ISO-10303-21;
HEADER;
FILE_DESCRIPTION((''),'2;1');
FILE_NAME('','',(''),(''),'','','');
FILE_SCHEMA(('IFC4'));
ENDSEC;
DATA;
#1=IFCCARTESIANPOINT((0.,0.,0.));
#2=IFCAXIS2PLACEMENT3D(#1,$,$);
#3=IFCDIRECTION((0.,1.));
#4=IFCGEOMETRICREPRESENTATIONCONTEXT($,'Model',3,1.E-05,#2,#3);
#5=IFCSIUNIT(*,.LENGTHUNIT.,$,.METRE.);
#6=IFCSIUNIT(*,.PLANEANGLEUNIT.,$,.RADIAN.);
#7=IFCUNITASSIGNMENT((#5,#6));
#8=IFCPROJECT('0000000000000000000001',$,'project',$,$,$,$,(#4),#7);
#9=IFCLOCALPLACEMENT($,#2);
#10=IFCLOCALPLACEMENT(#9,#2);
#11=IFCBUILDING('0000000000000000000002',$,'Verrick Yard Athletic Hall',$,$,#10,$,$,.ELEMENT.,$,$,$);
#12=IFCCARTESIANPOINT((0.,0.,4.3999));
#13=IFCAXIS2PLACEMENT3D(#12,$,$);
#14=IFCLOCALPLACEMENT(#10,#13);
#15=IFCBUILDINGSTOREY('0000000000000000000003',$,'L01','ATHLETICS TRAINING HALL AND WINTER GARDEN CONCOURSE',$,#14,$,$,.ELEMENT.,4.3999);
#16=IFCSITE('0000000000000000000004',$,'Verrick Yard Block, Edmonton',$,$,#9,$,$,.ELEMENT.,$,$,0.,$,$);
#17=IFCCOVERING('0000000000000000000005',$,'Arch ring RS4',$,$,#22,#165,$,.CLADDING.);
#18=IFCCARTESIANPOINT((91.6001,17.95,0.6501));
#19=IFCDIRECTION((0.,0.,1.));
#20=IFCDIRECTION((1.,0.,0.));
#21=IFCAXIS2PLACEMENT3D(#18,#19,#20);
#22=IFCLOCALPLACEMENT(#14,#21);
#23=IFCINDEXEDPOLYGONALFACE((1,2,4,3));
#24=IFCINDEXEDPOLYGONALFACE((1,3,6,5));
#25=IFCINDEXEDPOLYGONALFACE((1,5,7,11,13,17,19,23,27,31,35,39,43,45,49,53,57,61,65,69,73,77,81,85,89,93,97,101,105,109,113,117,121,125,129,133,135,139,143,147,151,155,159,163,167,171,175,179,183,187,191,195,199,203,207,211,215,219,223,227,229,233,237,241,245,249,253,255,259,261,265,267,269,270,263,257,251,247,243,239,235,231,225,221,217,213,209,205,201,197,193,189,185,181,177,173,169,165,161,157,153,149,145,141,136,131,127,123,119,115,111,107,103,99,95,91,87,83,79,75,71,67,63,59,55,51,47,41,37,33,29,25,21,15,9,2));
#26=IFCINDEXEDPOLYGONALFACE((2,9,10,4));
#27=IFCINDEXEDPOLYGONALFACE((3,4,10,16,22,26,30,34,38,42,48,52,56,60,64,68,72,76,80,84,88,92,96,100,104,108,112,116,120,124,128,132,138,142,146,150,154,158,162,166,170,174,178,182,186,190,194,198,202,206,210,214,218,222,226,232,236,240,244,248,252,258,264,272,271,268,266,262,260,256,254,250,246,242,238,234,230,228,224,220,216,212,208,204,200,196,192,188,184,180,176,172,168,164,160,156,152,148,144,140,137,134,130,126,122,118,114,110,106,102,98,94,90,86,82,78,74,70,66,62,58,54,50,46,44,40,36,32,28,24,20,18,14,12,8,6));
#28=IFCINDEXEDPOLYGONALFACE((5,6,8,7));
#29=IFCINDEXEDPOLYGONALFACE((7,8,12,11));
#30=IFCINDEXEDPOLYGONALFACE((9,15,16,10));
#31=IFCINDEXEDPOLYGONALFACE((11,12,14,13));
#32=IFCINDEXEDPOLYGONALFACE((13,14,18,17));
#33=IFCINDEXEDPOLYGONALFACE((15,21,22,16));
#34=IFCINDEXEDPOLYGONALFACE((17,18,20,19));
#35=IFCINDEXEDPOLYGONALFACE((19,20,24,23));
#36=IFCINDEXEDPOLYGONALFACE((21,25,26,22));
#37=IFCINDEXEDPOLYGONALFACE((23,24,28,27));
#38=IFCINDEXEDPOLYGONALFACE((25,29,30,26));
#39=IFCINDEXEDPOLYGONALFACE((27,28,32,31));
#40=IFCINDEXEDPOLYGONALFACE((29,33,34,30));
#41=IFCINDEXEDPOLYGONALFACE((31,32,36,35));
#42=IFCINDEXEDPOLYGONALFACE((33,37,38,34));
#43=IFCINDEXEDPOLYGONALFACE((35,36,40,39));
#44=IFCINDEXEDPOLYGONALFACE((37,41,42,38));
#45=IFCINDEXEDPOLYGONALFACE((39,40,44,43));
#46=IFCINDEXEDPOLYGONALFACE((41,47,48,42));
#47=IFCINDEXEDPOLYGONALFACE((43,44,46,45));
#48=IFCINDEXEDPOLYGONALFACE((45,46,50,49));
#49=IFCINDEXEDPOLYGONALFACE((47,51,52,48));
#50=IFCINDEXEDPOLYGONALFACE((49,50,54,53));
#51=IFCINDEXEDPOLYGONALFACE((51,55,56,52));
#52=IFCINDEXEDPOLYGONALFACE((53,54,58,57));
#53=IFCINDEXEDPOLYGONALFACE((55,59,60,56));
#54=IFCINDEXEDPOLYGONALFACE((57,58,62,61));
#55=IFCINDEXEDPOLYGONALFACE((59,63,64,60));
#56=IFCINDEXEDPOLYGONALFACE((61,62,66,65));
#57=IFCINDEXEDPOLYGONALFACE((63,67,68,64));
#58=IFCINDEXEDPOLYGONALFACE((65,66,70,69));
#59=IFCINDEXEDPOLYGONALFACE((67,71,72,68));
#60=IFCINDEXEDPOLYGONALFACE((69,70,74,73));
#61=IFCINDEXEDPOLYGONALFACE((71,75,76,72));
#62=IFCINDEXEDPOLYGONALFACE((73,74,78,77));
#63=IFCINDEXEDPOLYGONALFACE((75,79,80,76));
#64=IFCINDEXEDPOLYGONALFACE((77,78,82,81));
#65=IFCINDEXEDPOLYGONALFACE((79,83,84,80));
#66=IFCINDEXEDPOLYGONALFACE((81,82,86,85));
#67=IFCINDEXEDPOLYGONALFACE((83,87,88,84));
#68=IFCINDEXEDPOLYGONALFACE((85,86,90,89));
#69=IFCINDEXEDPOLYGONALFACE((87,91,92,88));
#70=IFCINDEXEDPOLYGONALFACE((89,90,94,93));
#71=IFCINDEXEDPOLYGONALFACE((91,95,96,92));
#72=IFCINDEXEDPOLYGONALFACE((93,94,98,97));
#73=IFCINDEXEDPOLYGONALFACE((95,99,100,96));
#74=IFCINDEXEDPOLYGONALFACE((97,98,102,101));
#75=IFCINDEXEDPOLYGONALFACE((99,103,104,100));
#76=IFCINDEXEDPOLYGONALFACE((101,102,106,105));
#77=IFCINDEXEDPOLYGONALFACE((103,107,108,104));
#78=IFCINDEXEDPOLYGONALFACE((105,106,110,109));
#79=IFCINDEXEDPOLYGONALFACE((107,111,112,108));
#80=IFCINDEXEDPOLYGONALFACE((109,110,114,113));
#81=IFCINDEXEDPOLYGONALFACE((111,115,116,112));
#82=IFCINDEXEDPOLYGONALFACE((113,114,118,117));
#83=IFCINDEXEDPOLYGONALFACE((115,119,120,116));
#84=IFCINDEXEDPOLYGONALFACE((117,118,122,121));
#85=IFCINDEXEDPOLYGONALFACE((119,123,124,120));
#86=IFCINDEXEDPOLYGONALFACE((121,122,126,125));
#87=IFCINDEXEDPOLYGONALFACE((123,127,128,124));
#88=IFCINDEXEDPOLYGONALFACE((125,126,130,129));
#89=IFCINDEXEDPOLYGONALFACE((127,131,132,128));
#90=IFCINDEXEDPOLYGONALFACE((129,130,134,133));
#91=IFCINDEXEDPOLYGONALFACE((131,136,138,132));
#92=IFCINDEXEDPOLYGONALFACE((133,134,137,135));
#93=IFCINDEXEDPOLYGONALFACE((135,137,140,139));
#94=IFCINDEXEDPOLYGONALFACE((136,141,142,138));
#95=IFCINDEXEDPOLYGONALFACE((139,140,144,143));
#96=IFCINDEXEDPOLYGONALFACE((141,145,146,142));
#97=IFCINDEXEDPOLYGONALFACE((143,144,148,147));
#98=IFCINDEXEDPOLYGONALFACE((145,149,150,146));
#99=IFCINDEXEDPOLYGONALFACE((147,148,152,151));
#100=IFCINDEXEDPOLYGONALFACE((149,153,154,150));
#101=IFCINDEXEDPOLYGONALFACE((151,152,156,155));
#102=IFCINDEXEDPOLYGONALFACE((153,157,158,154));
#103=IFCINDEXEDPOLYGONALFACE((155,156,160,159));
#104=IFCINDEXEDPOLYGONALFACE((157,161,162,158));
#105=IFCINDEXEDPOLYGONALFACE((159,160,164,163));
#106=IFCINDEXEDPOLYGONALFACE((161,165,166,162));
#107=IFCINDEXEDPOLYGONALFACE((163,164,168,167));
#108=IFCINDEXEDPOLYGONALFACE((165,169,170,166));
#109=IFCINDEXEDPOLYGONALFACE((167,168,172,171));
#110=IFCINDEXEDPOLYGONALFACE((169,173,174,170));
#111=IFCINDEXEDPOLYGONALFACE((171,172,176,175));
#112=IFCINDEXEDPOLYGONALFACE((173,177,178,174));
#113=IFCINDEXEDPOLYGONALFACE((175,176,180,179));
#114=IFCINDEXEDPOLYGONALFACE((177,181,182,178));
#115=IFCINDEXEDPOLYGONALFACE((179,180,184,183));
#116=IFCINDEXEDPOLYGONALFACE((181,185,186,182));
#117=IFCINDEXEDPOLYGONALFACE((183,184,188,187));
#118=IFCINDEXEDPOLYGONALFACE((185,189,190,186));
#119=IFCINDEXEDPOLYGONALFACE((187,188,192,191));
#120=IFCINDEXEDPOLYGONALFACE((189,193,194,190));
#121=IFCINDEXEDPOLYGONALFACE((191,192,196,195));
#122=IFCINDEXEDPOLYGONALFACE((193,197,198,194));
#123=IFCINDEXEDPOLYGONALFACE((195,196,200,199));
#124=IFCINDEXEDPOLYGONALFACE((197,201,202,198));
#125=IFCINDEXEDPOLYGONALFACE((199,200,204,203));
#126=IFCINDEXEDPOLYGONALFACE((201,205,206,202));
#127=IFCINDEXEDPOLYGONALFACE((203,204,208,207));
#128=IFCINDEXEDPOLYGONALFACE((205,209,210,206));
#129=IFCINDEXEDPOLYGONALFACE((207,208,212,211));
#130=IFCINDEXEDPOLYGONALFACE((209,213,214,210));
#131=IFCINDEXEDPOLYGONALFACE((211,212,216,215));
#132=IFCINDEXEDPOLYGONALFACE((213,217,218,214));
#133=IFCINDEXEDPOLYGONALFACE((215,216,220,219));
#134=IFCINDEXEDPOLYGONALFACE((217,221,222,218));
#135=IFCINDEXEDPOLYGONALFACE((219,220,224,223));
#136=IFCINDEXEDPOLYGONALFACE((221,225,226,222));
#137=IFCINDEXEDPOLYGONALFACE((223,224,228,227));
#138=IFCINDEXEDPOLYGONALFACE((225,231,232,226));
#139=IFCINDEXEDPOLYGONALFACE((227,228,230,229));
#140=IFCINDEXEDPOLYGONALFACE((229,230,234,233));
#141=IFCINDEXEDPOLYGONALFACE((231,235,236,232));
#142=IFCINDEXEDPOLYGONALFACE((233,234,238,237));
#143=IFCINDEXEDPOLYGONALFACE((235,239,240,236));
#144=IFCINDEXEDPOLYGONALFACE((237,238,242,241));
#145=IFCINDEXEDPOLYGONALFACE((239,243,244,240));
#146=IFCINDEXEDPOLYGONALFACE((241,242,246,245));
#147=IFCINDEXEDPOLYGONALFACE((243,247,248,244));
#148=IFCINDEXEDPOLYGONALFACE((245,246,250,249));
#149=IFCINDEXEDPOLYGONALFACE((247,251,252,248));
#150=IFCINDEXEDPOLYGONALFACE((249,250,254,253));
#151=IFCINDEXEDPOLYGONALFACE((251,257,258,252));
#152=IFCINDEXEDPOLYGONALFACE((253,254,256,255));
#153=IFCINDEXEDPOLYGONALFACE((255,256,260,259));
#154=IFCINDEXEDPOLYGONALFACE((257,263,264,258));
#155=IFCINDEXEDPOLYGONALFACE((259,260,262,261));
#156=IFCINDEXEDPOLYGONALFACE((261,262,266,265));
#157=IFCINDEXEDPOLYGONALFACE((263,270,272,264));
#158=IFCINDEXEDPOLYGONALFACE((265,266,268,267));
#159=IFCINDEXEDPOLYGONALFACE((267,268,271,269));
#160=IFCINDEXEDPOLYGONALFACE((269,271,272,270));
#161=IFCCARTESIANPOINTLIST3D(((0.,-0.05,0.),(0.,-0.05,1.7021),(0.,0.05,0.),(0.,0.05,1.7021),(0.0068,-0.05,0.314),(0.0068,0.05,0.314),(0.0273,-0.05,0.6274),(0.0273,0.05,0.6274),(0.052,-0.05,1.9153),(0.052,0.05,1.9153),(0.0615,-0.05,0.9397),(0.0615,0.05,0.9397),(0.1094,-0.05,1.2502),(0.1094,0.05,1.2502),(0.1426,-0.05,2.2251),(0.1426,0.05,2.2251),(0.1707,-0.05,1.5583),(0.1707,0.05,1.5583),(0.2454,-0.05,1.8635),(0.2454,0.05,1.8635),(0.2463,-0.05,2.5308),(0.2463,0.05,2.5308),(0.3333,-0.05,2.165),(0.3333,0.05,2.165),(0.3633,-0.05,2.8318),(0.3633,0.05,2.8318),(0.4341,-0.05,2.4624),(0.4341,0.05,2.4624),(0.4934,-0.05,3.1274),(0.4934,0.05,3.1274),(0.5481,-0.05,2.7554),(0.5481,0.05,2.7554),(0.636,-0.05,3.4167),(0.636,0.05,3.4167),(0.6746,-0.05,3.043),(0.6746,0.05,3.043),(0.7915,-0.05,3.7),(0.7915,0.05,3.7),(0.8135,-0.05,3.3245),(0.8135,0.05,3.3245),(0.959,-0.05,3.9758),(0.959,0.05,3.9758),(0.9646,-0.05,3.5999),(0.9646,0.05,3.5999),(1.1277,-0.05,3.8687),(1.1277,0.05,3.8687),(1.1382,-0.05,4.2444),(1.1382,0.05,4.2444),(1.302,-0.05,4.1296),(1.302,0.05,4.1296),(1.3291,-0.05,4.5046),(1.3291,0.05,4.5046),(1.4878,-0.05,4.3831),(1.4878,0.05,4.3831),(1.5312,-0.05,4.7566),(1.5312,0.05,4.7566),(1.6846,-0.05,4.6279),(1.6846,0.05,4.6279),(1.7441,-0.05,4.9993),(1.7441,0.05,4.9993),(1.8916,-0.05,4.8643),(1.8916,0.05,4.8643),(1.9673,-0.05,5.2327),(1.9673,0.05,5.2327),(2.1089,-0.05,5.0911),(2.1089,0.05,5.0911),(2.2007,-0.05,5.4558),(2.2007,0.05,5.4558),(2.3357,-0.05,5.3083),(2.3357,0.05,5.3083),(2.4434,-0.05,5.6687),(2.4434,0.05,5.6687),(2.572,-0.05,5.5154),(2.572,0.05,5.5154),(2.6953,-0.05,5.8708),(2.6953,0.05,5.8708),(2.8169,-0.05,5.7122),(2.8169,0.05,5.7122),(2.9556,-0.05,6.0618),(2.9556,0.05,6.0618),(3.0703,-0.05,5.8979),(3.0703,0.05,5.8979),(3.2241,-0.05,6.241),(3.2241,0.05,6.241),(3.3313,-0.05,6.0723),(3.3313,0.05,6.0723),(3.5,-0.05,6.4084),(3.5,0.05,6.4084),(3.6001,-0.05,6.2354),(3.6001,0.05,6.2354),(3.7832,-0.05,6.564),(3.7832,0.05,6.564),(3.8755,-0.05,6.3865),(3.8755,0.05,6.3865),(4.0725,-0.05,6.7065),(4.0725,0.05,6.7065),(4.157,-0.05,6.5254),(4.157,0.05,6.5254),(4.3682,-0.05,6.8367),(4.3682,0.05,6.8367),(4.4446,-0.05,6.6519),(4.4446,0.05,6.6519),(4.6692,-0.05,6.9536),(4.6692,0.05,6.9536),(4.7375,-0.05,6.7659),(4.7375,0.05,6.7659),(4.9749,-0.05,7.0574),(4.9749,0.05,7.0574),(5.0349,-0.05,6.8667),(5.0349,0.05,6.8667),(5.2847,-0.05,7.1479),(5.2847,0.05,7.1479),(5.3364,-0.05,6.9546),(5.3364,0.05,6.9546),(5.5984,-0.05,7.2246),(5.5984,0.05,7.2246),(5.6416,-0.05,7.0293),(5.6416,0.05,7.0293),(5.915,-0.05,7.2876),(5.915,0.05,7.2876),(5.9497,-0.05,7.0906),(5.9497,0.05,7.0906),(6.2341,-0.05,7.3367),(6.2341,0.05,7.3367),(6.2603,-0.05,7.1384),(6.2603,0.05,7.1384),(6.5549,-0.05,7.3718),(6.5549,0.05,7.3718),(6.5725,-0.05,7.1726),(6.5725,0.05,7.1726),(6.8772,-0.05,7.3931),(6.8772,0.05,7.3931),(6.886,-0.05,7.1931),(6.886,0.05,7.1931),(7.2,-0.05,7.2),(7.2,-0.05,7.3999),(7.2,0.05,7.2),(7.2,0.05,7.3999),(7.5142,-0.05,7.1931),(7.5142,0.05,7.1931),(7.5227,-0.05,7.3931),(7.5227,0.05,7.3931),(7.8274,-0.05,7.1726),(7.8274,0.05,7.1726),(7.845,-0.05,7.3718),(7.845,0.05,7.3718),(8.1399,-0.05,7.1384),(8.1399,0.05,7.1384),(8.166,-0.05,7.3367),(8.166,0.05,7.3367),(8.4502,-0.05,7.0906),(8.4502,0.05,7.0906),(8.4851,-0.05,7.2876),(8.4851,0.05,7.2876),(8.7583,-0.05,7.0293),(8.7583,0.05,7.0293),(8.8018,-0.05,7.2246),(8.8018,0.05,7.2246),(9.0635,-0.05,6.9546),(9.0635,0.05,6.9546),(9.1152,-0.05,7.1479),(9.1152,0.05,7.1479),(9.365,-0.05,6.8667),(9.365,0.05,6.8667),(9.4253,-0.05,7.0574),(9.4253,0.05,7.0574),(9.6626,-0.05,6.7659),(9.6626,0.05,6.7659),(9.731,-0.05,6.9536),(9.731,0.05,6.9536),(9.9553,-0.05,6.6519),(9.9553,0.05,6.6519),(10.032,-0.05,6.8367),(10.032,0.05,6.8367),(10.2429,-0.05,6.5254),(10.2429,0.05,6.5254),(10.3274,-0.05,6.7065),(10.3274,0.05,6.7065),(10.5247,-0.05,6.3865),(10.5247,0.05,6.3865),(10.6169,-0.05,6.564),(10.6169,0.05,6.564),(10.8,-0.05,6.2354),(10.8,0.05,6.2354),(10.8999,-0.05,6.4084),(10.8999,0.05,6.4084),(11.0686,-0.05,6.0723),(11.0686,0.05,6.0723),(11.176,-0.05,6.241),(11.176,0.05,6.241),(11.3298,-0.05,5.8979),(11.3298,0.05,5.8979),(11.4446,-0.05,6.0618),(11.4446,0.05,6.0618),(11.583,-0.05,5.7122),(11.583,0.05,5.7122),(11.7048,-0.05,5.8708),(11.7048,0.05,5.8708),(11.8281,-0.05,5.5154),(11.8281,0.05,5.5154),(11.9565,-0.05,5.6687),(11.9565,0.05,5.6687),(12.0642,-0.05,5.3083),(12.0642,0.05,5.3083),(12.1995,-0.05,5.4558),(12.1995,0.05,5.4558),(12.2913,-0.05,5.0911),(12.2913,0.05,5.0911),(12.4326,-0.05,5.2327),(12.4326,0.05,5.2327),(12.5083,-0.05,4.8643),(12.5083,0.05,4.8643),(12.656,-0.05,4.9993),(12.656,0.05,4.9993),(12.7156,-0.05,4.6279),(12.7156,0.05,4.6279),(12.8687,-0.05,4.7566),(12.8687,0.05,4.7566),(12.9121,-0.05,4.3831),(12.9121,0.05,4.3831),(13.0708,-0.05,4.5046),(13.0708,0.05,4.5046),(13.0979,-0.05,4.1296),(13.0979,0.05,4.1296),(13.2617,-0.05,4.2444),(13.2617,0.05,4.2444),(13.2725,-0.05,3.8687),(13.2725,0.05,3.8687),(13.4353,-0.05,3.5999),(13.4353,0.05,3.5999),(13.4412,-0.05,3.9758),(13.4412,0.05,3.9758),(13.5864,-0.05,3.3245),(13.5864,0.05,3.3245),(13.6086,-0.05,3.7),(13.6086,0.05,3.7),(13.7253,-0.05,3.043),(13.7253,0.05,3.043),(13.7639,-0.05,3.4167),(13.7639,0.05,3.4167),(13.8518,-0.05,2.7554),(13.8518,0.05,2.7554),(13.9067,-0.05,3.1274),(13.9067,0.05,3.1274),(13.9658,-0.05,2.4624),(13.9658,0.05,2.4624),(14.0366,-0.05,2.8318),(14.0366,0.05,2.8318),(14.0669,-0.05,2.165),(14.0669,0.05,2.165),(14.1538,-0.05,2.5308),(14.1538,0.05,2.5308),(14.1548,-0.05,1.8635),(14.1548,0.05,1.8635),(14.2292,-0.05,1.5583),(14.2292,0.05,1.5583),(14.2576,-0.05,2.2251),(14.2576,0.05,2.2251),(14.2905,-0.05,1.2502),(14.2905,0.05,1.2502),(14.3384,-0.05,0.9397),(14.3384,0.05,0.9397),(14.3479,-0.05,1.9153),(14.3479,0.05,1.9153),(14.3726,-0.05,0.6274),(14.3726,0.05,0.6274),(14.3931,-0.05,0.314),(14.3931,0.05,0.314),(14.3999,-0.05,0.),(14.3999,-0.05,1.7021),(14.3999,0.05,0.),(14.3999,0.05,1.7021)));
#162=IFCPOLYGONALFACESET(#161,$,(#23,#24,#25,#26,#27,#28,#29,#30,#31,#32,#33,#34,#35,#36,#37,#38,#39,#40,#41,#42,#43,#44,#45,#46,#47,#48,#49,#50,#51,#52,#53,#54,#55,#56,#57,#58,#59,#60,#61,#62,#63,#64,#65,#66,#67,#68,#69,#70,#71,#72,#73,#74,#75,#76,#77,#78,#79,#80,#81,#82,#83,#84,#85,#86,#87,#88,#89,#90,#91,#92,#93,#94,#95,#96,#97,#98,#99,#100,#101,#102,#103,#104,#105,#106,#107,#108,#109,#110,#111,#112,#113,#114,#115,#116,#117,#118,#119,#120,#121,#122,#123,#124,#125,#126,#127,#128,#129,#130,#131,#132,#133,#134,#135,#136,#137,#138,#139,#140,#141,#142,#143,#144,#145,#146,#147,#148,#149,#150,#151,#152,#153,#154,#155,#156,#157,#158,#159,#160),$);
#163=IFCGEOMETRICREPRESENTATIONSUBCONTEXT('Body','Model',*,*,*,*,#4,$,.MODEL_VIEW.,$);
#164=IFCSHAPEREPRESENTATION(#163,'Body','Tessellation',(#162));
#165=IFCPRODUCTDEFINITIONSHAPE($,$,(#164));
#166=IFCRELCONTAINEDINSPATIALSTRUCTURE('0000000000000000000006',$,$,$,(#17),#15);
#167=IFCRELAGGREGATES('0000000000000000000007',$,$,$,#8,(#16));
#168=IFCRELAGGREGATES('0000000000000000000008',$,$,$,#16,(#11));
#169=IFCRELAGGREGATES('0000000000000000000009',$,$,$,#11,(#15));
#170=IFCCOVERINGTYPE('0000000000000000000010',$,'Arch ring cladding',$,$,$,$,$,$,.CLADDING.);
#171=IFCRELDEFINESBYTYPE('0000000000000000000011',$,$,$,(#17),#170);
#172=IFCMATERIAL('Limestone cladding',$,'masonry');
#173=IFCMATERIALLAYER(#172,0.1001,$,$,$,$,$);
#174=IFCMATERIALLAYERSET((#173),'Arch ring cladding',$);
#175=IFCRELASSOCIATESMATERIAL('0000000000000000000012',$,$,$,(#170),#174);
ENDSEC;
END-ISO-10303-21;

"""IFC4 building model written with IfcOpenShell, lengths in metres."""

from ifc_helpers import new_model, si_unit, direction, frame, origin, place, context, subcontext, project, spatial, polyline, outline, extrude, material, layer, layer_set, type_object, element, save


model = new_model("IFC4")

# Units and contexts
model_context = context("Model", 3, precision=1e-05, world=origin(), true_north=direction((0.0, 1.0)))
body_context = subcontext(model_context, "Body", "Model", "MODEL_VIEW")
ifc_project = project(units=[si_unit("LENGTHUNIT", "METRE"), si_unit("PLANEANGLEUNIT", "RADIAN")], contexts=[model_context])

# Site, building, storey
site_placement = place(None, origin())
site = spatial("IfcSite", under=ifc_project, at=site_placement, Name="Verrick Yard Block, Edmonton", CompositionType="ELEMENT", RefElevation=0.0)
building_placement = place(site_placement, origin())
building = spatial("IfcBuilding", under=site, at=building_placement, Name="Verrick Yard Athletic Hall", CompositionType="ELEMENT")
storey_placement = place(building_placement, frame((0.0, 0.0, 4.3999)))
storey = spatial("IfcBuildingStorey", under=building, at=storey_placement, Name="L01", Description="ATHLETICS TRAINING HALL AND WINTER GARDEN CONCOURSE", CompositionType="ELEMENT", Elevation=4.3999)

# Covering
ifc_material_1 = material(Name="Limestone cladding", Category="masonry")
ifc_layer_1 = layer(ifc_material_1, 0.1001)
ifc_layer_set_1 = layer_set([ifc_layer_1], Name="Arch ring cladding")
covering_type_1 = type_object("IfcCoveringType", Name="Arch ring cladding", PredefinedType="CLADDING", material=ifc_layer_set_1)
covering_1_placement = place(storey_placement, frame((91.6001, 17.95, 0.6501), z_axis=(0.0, 0.0, 1.0), x_axis=(1.0, 0.0, 0.0)))
element("IfcCovering", 1, at=covering_1_placement, inside=storey, type_object=covering_type_1, Name="Arch ring RS4", PredefinedType="CLADDING", context=body_context, shape_type="SweptSolid", body=[
    extrude(outline(polyline([(0.0, 1.7021), (0.0, 0.0), (0.0068, 0.314), (0.0273, 0.6274), (0.0615, 0.9397), (0.1094, 1.2502), (0.1707, 1.5583), (0.2454, 1.8635), (0.3333, 2.165), (0.4341, 2.4624), (0.5481, 2.7554), (0.6746, 3.043), (0.8135, 3.3245), (0.9646, 3.5999), (1.1277, 3.8687), (1.302, 4.1296), (1.4878, 4.3831), (1.6846, 4.6279), (1.8916, 4.8643), (2.1089, 5.0911), (2.3357, 5.3083), (2.572, 5.5154), (2.8169, 5.7122), (3.0703, 5.8979), (3.3313, 6.0723), (3.6001, 6.2354), (3.8755, 6.3865), (4.157, 6.5254), (4.4446, 6.6519), (4.7375, 6.7659), (5.0349, 6.8667), (5.3364, 6.9546), (5.6416, 7.0293), (5.9497, 7.0906), (6.2603, 7.1384), (6.5725, 7.1726), (6.886, 7.1931), (7.2, 7.2), (7.5142, 7.1931), (7.8274, 7.1726), (8.1399, 7.1384), (8.4502, 7.0906), (8.7583, 7.0293), (9.0635, 6.9546), (9.365, 6.8667), (9.6626, 6.7659), (9.9553, 6.6519), (10.2429, 6.5254), (10.5247, 6.3865), (10.8, 6.2354), (11.0686, 6.0723), (11.3298, 5.8979), (11.583, 5.7122), (11.8281, 5.5154), (12.0642, 5.3083), (12.2913, 5.0911), (12.5083, 4.8643), (12.7156, 4.6279), (12.9121, 4.3831), (13.0979, 4.1296), (13.2725, 3.8687), (13.4353, 3.5999), (13.5864, 3.3245), (13.7253, 3.043), (13.8518, 2.7554), (13.9658, 2.4624), (14.0669, 2.165), (14.1548, 1.8635), (14.2292, 1.5583), (14.2905, 1.2502), (14.3384, 0.9397), (14.3726, 0.6274), (14.3931, 0.314), (14.3999, 0.0), (14.3999, 1.7021), (14.3479, 1.9153), (14.2576, 2.2251), (14.1538, 2.5308), (14.0366, 2.8318), (13.9067, 3.1274), (13.7639, 3.4167), (13.6086, 3.7), (13.4412, 3.9758), (13.2617, 4.2444), (13.0708, 4.5046), (12.8687, 4.7566), (12.656, 4.9993), (12.4326, 5.2327), (12.1995, 5.4558), (11.9565, 5.6687), (11.7048, 5.8708), (11.4446, 6.0618), (11.176, 6.241), (10.8999, 6.4084), (10.6169, 6.564), (10.3274, 6.7065), (10.032, 6.8367), (9.731, 6.9536), (9.4253, 7.0574), (9.1152, 7.1479), (8.8018, 7.2246), (8.4851, 7.2876), (8.166, 7.3367), (7.845, 7.3718), (7.5227, 7.3931), (7.2, 7.3999), (6.8772, 7.3931), (6.5549, 7.3718), (6.2341, 7.3367), (5.915, 7.2876), (5.5984, 7.2246), (5.2847, 7.1479), (4.9749, 7.0574), (4.6692, 6.9536), (4.3682, 6.8367), (4.0725, 6.7065), (3.7832, 6.564), (3.5, 6.4084), (3.2241, 6.241), (2.9556, 6.0618), (2.6953, 5.8708), (2.4434, 5.6687), (2.2007, 5.4558), (1.9673, 5.2327), (1.7441, 4.9993), (1.5312, 4.7566), (1.3291, 4.5046), (1.1382, 4.2444), (0.959, 3.9758), (0.7915, 3.7), (0.636, 3.4167), (0.4934, 3.1274), (0.3633, 2.8318), (0.2463, 2.5308), (0.1426, 2.2251), (0.052, 1.9153), (0.0, 1.7021)])), frame((0.0, 0.05, 0.0), z_axis=(0.0, -1.0, 0.0), x_axis=(1.0, 0.0, 0.0)), (0.0, 0.0, 1.0), 0.1001),
])

save(model, "model.ifc")
